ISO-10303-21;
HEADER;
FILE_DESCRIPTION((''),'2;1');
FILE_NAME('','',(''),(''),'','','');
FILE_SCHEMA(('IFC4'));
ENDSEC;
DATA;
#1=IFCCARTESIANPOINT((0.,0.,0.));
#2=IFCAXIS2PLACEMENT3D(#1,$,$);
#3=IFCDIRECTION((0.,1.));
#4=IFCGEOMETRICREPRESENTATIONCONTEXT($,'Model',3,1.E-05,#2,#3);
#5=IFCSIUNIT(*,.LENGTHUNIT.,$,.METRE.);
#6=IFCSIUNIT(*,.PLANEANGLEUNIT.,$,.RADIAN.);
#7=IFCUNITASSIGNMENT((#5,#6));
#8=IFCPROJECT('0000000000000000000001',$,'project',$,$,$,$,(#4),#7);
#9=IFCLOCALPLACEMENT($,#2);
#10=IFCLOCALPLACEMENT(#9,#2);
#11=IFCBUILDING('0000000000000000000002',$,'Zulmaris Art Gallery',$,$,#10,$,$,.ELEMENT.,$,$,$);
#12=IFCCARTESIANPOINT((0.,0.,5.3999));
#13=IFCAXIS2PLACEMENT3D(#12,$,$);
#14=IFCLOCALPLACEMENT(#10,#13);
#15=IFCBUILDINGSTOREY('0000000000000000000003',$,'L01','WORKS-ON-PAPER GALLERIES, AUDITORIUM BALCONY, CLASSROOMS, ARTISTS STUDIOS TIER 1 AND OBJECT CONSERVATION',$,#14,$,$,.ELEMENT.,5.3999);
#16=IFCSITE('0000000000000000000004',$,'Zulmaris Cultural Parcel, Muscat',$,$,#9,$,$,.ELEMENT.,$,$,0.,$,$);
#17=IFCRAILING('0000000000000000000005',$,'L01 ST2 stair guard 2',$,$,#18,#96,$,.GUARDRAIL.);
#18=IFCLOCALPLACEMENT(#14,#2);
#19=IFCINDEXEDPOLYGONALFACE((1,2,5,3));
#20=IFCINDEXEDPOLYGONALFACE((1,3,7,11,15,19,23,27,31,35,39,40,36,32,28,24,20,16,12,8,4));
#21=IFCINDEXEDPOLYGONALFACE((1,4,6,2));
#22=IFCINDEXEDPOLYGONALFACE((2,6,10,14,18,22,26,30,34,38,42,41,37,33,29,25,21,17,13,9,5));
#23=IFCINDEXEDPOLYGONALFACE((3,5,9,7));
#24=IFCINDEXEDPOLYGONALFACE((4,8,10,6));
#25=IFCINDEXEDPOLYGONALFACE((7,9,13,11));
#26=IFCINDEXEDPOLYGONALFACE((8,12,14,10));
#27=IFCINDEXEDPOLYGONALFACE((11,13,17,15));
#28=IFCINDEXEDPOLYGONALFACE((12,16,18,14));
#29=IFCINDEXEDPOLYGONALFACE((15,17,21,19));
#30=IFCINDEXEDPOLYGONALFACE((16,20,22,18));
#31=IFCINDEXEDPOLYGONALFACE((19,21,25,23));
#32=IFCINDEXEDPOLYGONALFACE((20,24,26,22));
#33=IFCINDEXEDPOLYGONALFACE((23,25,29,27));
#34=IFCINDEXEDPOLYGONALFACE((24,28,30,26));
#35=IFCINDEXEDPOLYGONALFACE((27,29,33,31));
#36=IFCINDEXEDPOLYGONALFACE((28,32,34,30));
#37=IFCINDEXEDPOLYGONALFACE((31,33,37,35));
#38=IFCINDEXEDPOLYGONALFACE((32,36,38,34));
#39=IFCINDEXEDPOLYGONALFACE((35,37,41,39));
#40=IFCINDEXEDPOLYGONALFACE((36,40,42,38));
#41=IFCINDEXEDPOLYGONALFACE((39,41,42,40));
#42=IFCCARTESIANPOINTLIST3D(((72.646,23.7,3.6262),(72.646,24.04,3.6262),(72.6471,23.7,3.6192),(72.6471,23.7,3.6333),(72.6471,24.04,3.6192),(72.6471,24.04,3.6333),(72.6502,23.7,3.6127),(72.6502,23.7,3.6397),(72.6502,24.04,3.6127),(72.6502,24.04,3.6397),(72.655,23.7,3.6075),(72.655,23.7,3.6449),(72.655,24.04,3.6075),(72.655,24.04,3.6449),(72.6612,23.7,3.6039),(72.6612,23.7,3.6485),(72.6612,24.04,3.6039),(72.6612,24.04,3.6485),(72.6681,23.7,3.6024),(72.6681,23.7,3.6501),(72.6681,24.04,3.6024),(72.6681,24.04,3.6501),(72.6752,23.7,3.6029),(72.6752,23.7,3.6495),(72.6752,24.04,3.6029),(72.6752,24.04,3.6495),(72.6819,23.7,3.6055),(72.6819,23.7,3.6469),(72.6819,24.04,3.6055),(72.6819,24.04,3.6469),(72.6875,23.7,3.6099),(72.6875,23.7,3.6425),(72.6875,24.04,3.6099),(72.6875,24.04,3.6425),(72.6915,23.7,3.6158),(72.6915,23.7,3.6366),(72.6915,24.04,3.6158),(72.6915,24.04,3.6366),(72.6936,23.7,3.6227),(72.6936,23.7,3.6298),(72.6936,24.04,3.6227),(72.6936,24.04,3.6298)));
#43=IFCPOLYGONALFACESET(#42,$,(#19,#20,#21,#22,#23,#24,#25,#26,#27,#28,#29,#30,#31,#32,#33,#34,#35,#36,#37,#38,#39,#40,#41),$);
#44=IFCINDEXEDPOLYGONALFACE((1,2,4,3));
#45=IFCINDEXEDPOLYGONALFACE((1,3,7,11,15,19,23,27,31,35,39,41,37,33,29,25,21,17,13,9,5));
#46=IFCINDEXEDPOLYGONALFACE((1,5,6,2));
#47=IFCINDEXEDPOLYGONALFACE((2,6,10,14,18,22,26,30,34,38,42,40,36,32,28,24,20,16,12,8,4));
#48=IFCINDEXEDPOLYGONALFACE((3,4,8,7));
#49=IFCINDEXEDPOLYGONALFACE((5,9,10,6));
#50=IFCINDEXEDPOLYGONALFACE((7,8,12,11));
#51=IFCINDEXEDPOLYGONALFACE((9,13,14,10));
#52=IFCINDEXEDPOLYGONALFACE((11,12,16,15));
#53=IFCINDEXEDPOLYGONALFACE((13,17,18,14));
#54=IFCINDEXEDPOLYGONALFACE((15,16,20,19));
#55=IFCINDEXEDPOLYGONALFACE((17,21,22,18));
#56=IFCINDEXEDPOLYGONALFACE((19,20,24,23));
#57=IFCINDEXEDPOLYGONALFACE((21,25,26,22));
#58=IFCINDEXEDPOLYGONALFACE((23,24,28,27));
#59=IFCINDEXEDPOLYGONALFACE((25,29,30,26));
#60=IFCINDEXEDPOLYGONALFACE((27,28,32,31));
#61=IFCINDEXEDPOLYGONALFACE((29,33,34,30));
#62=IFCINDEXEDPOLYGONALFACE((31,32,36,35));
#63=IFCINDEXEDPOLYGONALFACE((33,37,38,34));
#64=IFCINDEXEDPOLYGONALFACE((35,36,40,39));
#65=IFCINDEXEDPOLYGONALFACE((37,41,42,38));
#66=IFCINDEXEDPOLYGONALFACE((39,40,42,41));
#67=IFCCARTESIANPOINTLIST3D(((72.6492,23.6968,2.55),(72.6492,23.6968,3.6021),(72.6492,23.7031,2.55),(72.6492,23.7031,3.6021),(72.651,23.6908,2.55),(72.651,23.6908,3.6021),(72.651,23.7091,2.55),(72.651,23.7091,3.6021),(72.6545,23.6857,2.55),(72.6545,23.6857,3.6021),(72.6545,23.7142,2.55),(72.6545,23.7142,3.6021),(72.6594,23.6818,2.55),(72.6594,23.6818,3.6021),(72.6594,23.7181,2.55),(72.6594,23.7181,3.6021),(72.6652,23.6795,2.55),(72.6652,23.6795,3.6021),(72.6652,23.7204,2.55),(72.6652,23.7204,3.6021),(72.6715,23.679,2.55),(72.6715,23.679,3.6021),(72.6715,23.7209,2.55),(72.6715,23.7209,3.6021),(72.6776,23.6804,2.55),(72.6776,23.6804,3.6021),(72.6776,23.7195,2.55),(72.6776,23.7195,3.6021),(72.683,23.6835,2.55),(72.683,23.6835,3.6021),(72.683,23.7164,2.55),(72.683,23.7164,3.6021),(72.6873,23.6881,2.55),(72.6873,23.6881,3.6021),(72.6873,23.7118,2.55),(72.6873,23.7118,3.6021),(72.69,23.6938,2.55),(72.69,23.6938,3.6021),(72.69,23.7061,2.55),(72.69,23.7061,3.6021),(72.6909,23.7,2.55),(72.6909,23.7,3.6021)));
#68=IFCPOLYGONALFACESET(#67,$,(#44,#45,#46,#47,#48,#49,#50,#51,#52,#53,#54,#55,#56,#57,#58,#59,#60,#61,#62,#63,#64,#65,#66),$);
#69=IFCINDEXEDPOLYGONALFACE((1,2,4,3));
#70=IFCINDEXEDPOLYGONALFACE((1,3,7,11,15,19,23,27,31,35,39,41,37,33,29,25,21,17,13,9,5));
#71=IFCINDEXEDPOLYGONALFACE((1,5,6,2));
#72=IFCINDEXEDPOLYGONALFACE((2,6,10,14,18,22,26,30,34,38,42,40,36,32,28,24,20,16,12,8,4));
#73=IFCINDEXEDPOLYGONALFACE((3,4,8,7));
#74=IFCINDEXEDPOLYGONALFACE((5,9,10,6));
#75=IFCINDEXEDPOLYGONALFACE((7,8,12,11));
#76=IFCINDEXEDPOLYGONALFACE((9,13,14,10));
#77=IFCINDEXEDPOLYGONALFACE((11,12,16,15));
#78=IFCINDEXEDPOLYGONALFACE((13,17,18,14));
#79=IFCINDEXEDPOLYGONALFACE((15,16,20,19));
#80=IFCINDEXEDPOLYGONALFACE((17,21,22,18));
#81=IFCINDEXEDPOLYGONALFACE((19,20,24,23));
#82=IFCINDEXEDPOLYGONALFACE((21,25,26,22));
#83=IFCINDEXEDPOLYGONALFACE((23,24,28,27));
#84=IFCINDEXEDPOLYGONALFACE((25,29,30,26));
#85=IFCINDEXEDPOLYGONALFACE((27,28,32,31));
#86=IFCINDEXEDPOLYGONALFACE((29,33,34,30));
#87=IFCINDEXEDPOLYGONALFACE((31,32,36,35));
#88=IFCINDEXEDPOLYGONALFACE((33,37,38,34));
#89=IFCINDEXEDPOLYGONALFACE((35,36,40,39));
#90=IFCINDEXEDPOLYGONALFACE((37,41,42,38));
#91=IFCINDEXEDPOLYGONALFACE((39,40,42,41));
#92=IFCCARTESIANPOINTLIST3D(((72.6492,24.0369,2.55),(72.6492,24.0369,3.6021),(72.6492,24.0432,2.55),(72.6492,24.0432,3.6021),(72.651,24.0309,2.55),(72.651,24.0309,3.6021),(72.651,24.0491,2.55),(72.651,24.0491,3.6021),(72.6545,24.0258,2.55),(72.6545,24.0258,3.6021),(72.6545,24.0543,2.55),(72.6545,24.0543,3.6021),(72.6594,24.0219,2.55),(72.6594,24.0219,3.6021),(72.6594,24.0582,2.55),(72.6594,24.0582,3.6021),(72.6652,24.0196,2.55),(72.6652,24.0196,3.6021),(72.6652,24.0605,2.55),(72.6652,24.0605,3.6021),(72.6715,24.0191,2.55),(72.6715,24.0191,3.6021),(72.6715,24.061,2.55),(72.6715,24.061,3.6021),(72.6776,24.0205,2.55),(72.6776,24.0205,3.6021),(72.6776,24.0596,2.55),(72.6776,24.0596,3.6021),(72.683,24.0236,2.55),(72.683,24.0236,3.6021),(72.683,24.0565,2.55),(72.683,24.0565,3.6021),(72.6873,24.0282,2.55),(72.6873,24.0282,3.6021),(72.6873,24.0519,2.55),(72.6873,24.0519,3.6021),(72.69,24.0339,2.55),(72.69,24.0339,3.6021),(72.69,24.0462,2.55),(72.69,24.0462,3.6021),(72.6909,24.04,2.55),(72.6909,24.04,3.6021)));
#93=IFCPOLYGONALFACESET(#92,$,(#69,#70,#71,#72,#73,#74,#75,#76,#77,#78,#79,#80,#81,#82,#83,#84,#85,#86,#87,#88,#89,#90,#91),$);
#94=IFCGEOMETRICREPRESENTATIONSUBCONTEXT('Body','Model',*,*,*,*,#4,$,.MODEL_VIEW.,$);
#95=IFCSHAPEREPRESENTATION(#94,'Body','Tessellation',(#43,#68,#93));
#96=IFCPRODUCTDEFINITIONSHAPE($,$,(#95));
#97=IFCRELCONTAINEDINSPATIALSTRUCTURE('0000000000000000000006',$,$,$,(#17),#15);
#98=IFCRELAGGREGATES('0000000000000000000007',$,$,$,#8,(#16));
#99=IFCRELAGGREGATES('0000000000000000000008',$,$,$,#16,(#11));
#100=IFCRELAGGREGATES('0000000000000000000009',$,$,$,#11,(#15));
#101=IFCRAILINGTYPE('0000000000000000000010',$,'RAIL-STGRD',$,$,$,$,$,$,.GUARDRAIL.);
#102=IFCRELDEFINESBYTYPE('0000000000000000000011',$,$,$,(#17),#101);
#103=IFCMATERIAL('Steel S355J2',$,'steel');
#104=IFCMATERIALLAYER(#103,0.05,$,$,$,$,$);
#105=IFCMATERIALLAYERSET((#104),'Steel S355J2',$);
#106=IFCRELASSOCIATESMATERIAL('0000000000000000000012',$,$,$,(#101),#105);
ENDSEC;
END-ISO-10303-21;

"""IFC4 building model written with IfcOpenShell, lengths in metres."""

from ifc_helpers import new_model, si_unit, direction, frame, origin, origin_2d, place, context, subcontext, project, spatial, circle, extrude, material, layer, layer_set, type_object, element, save


model = new_model("IFC4")

# Units and contexts
model_context = context("Model", 3, precision=1e-05, world=origin(), true_north=direction((0.0, 1.0)))
body_context = subcontext(model_context, "Body", "Model", "MODEL_VIEW")
ifc_project = project(units=[si_unit("LENGTHUNIT", "METRE"), si_unit("PLANEANGLEUNIT", "RADIAN")], contexts=[model_context])

# Site, building, storey
site_placement = place(None, origin())
site = spatial("IfcSite", under=ifc_project, at=site_placement, Name="Zulmaris Cultural Parcel, Muscat", CompositionType="ELEMENT", RefElevation=0.0)
building_placement = place(site_placement, origin())
building = spatial("IfcBuilding", under=site, at=building_placement, Name="Zulmaris Art Gallery", CompositionType="ELEMENT")
storey_placement = place(building_placement, frame((0.0, 0.0, 5.3999)))
storey = spatial("IfcBuildingStorey", under=building, at=storey_placement, Name="L01", Description="WORKS-ON-PAPER GALLERIES, AUDITORIUM BALCONY, CLASSROOMS, ARTISTS STUDIOS TIER 1 AND OBJECT CONSERVATION", CompositionType="ELEMENT", Elevation=5.3999)

# Shared definitions
ifc_material_1 = material(Name="Steel S355J2", Category="steel")

# Railing
ifc_layer_1 = layer(ifc_material_1, 0.05)
ifc_layer_set_1 = layer_set([ifc_layer_1], Name="Steel S355J2")
railing_type_1 = type_object("IfcRailingType", Name="RAIL-STGRD", PredefinedType="GUARDRAIL", material=ifc_layer_set_1)
railing_1_placement = place(storey_placement, frame((72.6699, 23.7, 2.55)))
element("IfcRailing", 1, at=railing_1_placement, inside=storey, type_object=railing_type_1, Name="L01 ST2 stair guard 2", PredefinedType="GUARDRAIL", context=body_context, shape_type="SweptSolid", body=[
    extrude(circle(Radius=0.0239, at=origin_2d()), frame((0.0, 0.0, 1.0762), z_axis=(0.0, 1.0, 0.0), x_axis=(-1.0, 0.0, 0.0)), (0.0, 0.0, 1.0), 0.3401),
    extrude(circle(Radius=0.021, at=origin_2d()), origin(), (0.0, 0.0, 1.0), 1.052),
    extrude(circle(Radius=0.021, at=origin_2d()), frame((0.0, 0.3401, 0.0)), (0.0, 0.0, 1.0), 1.052),
])

save(model, "model.ifc")
